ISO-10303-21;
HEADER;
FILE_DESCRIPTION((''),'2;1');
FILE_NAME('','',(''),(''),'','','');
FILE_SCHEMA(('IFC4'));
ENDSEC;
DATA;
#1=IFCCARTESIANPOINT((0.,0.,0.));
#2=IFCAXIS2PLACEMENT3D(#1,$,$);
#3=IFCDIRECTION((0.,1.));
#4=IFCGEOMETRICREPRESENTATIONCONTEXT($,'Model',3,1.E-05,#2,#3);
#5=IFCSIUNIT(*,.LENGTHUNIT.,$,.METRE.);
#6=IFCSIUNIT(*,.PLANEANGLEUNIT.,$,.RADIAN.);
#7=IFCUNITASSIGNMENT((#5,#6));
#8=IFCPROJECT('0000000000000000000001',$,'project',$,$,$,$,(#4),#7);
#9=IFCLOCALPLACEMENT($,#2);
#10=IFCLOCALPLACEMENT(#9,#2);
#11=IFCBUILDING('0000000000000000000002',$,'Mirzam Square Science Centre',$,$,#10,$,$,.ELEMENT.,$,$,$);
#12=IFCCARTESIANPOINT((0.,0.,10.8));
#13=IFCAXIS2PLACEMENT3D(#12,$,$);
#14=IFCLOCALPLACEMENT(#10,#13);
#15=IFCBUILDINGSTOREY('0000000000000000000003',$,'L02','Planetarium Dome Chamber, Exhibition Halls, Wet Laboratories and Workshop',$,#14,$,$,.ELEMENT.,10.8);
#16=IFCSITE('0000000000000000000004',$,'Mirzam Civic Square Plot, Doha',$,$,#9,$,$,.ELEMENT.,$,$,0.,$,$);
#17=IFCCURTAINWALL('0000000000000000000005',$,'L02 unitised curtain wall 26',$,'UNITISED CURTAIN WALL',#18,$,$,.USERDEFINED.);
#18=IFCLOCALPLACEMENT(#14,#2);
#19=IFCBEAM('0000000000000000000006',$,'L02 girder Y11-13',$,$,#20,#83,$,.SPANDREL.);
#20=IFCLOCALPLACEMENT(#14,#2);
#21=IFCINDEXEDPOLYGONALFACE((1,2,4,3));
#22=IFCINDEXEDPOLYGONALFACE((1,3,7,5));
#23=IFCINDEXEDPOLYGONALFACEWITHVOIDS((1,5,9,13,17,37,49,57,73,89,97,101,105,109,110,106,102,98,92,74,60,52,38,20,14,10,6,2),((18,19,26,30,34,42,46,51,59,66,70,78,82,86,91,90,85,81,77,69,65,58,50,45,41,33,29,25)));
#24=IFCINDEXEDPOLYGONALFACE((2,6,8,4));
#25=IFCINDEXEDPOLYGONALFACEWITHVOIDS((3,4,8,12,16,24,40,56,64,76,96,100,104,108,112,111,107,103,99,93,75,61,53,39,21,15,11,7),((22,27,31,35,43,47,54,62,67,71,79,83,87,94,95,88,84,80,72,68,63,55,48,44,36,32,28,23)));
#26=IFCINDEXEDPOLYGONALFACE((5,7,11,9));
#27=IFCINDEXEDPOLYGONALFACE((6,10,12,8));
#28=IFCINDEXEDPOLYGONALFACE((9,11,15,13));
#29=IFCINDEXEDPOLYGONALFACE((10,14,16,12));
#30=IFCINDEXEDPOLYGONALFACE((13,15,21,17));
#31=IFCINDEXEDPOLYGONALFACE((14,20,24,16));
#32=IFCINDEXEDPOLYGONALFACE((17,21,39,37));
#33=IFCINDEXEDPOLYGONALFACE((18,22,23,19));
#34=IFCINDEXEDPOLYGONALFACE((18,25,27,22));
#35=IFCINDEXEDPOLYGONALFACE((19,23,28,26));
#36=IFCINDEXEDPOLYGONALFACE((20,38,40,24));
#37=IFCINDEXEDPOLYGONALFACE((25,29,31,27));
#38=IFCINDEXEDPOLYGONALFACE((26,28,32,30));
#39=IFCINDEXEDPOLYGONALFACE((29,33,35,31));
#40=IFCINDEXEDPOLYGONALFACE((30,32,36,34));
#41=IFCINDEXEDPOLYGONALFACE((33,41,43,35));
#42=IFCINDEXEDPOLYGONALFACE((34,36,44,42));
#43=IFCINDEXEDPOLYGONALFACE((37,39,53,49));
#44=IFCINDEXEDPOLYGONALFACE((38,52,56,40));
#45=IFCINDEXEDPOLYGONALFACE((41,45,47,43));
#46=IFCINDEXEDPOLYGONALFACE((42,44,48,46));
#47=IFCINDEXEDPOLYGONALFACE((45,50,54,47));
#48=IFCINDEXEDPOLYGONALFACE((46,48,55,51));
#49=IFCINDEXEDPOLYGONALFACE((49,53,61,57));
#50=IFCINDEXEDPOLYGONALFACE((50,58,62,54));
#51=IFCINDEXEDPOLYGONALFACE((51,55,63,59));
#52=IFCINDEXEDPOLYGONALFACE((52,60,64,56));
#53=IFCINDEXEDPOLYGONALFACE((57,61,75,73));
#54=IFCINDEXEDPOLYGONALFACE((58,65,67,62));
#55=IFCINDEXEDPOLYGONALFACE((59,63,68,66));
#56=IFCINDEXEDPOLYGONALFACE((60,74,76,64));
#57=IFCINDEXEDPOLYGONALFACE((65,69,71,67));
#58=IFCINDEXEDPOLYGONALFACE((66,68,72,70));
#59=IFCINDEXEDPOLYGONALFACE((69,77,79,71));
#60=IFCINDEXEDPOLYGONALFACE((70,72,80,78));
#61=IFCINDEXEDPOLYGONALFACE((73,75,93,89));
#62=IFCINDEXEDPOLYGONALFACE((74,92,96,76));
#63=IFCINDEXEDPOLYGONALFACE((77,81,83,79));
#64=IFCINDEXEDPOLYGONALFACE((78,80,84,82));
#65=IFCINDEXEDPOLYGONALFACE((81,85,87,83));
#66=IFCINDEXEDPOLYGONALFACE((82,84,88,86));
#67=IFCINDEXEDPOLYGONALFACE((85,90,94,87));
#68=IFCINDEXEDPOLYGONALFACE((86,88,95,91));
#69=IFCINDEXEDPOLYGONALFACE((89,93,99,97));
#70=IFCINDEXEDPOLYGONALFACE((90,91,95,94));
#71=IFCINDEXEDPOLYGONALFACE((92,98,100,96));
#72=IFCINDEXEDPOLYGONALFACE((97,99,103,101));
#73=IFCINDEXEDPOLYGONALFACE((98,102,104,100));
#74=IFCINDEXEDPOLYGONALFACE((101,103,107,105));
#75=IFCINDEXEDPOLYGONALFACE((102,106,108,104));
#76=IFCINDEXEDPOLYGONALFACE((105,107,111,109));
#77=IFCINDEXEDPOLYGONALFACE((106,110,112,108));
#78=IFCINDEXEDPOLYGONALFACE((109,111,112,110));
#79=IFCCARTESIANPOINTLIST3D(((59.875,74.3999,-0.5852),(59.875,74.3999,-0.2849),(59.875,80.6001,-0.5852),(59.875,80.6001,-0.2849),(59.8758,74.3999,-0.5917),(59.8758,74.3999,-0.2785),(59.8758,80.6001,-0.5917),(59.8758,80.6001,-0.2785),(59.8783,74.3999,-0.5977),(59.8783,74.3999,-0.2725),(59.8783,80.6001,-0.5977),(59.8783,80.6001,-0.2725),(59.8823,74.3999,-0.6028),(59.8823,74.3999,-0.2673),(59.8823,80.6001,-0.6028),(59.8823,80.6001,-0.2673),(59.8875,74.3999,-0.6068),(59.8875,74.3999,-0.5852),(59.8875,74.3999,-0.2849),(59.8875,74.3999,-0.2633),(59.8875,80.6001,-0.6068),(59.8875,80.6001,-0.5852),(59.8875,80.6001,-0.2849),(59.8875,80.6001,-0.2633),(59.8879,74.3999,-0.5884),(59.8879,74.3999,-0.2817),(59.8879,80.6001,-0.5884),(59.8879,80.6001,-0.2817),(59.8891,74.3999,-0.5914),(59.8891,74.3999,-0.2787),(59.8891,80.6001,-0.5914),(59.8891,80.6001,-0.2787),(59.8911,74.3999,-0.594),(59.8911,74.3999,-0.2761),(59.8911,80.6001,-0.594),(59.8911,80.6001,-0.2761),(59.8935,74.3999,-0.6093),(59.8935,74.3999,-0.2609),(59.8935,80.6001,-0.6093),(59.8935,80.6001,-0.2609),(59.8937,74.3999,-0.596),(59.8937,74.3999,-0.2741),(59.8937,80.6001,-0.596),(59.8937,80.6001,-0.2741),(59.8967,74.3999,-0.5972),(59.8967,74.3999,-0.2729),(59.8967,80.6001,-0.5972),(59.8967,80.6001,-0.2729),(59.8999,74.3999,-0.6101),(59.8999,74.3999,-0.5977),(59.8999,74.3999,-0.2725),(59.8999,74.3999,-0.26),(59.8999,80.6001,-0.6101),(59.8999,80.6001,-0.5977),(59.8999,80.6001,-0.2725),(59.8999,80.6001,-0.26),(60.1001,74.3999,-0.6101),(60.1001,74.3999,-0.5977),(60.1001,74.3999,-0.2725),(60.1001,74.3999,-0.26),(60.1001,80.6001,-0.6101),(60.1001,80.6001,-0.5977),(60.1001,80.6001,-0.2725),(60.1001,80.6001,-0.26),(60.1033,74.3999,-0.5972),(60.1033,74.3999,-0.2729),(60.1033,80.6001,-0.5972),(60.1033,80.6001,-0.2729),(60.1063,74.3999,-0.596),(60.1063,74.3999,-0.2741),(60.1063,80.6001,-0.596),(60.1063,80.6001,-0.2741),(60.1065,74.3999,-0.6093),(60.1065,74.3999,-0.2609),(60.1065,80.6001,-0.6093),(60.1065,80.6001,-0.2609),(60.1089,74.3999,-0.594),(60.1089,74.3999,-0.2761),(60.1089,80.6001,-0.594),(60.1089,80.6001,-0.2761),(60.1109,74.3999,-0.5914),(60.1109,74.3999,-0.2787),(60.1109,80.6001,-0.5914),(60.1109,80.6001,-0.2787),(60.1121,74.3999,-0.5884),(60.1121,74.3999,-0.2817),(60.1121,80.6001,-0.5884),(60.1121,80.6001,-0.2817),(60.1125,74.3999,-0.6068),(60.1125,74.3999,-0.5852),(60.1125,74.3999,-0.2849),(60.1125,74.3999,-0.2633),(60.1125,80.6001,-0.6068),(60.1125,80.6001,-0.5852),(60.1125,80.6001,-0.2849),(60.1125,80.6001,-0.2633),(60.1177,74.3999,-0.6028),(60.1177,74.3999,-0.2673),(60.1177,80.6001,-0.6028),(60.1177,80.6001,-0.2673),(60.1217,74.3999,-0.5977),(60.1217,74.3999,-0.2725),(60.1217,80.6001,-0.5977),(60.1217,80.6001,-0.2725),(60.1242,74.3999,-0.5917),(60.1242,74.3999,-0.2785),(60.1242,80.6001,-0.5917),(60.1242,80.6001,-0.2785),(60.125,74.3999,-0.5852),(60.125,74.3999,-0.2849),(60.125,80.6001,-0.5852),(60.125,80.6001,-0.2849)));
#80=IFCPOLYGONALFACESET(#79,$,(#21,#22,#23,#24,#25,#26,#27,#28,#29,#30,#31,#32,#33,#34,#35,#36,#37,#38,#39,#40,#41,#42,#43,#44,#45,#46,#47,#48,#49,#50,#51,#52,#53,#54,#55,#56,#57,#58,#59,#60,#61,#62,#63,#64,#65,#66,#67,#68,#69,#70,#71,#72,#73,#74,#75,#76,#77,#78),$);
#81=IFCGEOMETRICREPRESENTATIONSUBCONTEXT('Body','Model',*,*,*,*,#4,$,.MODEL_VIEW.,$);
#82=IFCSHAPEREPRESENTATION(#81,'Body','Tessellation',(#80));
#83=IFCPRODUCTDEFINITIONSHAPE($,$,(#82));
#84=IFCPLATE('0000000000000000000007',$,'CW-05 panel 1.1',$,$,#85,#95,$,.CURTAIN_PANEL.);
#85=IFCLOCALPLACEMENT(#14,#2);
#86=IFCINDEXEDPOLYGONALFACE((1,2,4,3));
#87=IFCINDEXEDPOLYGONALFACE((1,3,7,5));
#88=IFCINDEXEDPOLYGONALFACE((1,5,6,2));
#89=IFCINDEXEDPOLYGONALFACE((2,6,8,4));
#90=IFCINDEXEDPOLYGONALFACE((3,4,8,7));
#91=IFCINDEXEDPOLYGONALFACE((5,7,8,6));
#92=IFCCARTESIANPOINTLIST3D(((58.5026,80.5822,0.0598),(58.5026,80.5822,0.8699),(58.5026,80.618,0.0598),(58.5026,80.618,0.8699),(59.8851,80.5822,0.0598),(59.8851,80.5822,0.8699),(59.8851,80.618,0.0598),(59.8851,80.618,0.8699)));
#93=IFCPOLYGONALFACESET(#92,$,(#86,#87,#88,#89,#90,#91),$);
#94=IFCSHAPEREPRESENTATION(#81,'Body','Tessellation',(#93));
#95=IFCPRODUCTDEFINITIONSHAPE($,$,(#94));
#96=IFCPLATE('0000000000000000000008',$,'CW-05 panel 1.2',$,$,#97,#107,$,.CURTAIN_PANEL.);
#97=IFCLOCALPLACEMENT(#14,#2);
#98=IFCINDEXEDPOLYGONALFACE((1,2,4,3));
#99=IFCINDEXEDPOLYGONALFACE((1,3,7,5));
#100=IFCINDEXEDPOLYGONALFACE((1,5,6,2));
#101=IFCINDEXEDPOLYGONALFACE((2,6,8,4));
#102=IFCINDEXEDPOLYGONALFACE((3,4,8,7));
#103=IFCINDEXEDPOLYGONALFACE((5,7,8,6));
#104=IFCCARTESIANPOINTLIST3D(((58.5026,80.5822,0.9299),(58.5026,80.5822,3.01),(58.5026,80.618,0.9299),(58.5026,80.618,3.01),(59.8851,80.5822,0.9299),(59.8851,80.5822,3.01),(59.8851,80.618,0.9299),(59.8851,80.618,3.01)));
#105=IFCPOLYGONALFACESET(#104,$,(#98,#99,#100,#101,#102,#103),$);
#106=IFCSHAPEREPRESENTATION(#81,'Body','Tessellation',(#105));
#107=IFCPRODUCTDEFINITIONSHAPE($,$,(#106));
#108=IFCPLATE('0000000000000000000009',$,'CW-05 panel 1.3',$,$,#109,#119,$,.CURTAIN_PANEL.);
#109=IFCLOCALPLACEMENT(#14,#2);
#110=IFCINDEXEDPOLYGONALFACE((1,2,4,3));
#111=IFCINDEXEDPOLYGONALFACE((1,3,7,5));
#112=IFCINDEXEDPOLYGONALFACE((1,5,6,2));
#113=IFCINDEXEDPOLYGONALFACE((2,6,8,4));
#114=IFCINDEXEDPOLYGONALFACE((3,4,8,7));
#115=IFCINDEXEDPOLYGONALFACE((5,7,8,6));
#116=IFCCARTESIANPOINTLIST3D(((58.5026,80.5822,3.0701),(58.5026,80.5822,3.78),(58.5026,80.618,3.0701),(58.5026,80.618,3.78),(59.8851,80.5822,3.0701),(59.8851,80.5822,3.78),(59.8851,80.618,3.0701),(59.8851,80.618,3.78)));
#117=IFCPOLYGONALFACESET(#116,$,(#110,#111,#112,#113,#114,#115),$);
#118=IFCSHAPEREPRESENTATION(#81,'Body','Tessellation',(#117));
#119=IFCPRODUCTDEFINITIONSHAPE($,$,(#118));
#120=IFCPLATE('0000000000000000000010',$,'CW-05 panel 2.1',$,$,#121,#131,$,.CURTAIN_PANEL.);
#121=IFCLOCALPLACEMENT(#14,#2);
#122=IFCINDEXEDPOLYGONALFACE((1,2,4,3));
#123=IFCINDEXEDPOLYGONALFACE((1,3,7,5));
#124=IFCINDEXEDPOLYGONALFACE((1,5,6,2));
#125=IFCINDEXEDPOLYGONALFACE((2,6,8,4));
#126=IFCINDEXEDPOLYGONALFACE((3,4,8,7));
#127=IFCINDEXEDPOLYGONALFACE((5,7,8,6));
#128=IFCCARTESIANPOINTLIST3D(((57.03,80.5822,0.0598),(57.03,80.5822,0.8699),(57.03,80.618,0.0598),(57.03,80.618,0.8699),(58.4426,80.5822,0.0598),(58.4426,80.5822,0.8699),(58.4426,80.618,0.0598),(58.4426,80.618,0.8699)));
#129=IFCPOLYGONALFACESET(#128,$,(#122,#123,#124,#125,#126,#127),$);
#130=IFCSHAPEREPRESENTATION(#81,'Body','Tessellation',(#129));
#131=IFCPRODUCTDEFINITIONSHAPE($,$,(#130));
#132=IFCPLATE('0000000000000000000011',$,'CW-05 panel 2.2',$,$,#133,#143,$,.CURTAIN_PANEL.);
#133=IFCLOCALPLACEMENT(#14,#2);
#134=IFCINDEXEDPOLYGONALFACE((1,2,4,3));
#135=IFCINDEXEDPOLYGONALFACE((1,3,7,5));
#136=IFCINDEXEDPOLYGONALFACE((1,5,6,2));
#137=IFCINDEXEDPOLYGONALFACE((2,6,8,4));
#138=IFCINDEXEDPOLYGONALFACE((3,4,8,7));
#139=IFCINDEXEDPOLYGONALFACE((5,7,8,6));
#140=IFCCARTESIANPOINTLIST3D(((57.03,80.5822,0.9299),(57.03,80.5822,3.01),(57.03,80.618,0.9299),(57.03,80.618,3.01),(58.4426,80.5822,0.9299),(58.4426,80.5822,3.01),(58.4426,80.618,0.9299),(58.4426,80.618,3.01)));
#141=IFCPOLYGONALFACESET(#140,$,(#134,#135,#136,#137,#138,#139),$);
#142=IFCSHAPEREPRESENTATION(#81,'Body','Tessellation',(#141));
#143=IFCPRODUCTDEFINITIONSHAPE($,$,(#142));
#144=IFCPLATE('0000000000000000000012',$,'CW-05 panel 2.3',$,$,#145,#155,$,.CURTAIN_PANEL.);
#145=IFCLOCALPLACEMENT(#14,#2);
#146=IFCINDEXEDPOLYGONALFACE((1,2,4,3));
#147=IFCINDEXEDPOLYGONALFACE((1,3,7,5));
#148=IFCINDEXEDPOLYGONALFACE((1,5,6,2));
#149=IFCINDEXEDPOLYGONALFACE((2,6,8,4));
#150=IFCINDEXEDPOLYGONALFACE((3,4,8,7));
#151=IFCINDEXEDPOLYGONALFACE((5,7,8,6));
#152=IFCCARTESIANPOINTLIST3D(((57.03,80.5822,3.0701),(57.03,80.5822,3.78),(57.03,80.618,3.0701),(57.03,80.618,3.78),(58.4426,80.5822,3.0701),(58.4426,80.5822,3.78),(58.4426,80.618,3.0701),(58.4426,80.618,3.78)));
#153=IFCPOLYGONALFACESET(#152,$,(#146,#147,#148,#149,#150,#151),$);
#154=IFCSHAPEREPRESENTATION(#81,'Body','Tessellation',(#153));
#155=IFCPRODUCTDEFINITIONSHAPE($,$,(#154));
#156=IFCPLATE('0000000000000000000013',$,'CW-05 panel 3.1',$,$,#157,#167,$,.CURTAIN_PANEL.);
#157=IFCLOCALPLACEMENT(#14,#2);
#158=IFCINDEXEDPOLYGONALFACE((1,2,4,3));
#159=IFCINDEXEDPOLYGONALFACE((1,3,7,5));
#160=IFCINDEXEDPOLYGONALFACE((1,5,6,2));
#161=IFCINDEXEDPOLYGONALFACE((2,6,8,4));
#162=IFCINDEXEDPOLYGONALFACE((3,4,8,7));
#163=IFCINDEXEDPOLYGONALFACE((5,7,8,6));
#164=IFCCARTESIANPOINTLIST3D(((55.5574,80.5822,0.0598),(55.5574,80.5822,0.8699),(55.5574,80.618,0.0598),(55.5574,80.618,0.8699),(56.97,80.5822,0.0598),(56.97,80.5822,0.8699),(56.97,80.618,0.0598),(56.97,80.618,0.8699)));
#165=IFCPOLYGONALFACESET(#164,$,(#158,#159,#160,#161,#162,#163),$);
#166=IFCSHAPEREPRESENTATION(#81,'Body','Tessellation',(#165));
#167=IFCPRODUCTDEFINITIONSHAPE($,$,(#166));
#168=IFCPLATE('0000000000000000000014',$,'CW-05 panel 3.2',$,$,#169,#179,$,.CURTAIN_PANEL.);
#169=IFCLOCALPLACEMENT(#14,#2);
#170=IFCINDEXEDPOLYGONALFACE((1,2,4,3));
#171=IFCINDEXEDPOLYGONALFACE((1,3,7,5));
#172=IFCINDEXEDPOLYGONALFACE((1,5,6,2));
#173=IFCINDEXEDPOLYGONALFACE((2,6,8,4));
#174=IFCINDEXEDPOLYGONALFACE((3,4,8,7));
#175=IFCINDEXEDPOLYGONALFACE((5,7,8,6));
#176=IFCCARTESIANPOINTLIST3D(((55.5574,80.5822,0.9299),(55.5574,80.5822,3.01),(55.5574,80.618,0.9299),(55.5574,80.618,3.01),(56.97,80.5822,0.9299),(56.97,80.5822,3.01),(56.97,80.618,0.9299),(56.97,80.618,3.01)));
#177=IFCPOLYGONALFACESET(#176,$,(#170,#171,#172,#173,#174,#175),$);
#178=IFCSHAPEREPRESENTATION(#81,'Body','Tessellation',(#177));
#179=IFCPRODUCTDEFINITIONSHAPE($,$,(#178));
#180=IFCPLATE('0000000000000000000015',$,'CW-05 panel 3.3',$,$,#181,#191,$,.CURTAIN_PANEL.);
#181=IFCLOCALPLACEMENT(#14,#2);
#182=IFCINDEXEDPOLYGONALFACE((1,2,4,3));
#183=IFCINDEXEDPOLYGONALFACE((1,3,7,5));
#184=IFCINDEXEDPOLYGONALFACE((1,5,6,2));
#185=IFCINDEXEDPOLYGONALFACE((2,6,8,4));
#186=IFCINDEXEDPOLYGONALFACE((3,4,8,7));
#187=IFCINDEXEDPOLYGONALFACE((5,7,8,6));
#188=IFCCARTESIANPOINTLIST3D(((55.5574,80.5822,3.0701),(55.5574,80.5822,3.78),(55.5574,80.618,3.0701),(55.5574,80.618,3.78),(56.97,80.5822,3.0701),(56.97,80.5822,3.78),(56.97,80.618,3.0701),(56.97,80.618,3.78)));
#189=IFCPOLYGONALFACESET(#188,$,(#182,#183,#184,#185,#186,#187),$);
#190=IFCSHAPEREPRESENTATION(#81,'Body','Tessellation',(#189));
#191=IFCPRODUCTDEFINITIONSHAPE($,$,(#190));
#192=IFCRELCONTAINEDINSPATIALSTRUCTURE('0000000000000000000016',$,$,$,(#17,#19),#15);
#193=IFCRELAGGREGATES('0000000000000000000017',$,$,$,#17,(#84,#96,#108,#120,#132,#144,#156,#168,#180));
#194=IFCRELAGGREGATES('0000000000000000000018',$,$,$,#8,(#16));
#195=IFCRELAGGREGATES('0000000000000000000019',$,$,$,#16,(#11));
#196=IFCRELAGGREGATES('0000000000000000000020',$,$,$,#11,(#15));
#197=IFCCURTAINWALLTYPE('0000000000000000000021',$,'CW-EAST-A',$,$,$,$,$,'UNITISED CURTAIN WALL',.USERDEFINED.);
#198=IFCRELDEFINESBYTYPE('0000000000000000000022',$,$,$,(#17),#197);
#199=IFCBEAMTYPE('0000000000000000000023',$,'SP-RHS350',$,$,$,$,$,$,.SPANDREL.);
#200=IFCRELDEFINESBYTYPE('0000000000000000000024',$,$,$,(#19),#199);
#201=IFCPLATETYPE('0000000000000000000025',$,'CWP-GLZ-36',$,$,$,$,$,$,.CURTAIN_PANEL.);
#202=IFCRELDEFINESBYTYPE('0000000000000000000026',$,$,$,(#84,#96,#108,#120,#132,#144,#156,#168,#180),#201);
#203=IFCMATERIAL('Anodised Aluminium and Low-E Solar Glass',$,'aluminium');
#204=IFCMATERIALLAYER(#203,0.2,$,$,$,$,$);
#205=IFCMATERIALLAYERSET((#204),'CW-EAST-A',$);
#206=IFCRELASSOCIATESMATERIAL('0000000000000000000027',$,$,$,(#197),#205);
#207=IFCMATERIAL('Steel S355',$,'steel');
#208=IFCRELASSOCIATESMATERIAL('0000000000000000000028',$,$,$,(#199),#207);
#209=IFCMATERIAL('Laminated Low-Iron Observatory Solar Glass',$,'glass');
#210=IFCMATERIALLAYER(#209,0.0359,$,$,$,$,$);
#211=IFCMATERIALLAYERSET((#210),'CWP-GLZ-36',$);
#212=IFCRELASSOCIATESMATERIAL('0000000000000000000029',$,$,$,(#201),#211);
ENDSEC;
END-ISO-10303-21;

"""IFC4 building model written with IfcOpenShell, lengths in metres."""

from ifc_helpers import new_model, si_unit, direction, frame, origin, origin_2d, place, context, subcontext, project, spatial, rectangle, hollow_rectangle, extrude, material, layer, layer_set, material_profile, profile_set, type_object, element, aggregate, save


model = new_model("IFC4")

# Units and contexts
model_context = context("Model", 3, precision=1e-05, world=origin(), true_north=direction((0.0, 1.0)))
body_context = subcontext(model_context, "Body", "Model", "MODEL_VIEW")
ifc_project = project(units=[si_unit("LENGTHUNIT", "METRE"), si_unit("PLANEANGLEUNIT", "RADIAN")], contexts=[model_context])

# Site, building, storey
site_placement = place(None, origin())
site = spatial("IfcSite", under=ifc_project, at=site_placement, Name="Mirzam Civic Square Plot, Doha", CompositionType="ELEMENT", RefElevation=0.0)
building_placement = place(site_placement, origin())
building = spatial("IfcBuilding", under=site, at=building_placement, Name="Mirzam Square Science Centre", CompositionType="ELEMENT")
storey_placement = place(building_placement, frame((0.0, 0.0, 10.8)))
storey = spatial("IfcBuildingStorey", under=building, at=storey_placement, Name="L02", Description="Planetarium Dome Chamber, Exhibition Halls, Wet Laboratories and Workshop", CompositionType="ELEMENT", Elevation=10.8)

# Shared definitions
ifc_material_1 = material(Name="Steel S355", Category="steel")

# Curtain wall
ifc_material_2 = material(Name="Anodised Aluminium and Low-E Solar Glass", Category="aluminium")
ifc_layer_1 = layer(ifc_material_2, 0.2)
ifc_layer_set_1 = layer_set([ifc_layer_1], Name="CW-EAST-A")
curtain_wall_type = type_object("IfcCurtainWallType", Name="CW-EAST-A", ElementType="UNITISED CURTAIN WALL", PredefinedType="USERDEFINED", material=ifc_layer_set_1)
curtain_wall_placement = place(storey_placement, origin())
curtain_wall = element("IfcCurtainWall", 1, at=curtain_wall_placement, inside=storey, type_object=curtain_wall_type, Name="L02 unitised curtain wall 26", ObjectType="UNITISED CURTAIN WALL", PredefinedType="USERDEFINED")

# Beam
ifc_material_profile_1 = material_profile(ifc_material_1, hollow_rectangle(XDim=0.25, YDim=0.3501, WallThickness=0.0125, InnerFilletRadius=0.0125, OuterFilletRadius=0.0249, at=origin_2d()), Name="350x250x12.5RHS")
ifc_profile_set_1 = profile_set([ifc_material_profile_1], Name="Steel S355")
beam_type = type_object("IfcBeamType", Name="SP-RHS350", PredefinedType="SPANDREL", material=ifc_profile_set_1)
beam_placement = place(storey_placement, frame((60.0, 74.3999, -0.4351), z_axis=(0.0, 1.0, 0.0), x_axis=(-1.0, 0.0, 0.0)))
element("IfcBeam", 2, at=beam_placement, inside=storey, type_object=beam_type, Name="L02 girder Y11-13", PredefinedType="SPANDREL", context=body_context, shape_type="SweptSolid", body=[
    extrude(hollow_rectangle(XDim=0.25, YDim=0.3501, WallThickness=0.0125, InnerFilletRadius=0.0125, OuterFilletRadius=0.0249, at=origin_2d()), origin(), (0.0, 0.0, 1.0), 6.2002),
])

# Plates
ifc_material_3 = material(Name="Laminated Low-Iron Observatory Solar Glass", Category="glass")
ifc_layer_2 = layer(ifc_material_3, 0.0359)
ifc_layer_set_2 = layer_set([ifc_layer_2], Name="CWP-GLZ-36")
plate_type = type_object("IfcPlateType", Name="CWP-GLZ-36", PredefinedType="CURTAIN_PANEL", material=ifc_layer_set_2)
plate_1_placement = place(storey_placement, frame((59.1938, 80.6001, 0.0598), z_axis=(0.0, 0.0, 1.0), x_axis=(-1.0, 0.0, 0.0)))
plate_1 = element("IfcPlate", 3, at=plate_1_placement, type_object=plate_type, Name="CW-05 panel 1.1", PredefinedType="CURTAIN_PANEL", context=body_context, shape_type="SweptSolid", body=[
    extrude(rectangle(XDim=1.3826, YDim=0.0359, at=origin_2d()), origin(), (0.0, 0.0, 1.0), 0.8101),
])
plate_2_placement = place(storey_placement, frame((59.1938, 80.6001, 0.9299), z_axis=(0.0, 0.0, 1.0), x_axis=(-1.0, 0.0, 0.0)))
plate_2 = element("IfcPlate", 4, at=plate_2_placement, type_object=plate_type, Name="CW-05 panel 1.2", PredefinedType="CURTAIN_PANEL", context=body_context, shape_type="SweptSolid", body=[
    extrude(rectangle(XDim=1.3826, YDim=0.0359, at=origin_2d()), origin(), (0.0, 0.0, 1.0), 2.0801),
])
plate_3_placement = place(storey_placement, frame((59.1938, 80.6001, 3.0701), z_axis=(0.0, 0.0, 1.0), x_axis=(-1.0, 0.0, 0.0)))
plate_3 = element("IfcPlate", 5, at=plate_3_placement, type_object=plate_type, Name="CW-05 panel 1.3", PredefinedType="CURTAIN_PANEL", context=body_context, shape_type="SweptSolid", body=[
    extrude(rectangle(XDim=1.3826, YDim=0.0359, at=origin_2d()), origin(), (0.0, 0.0, 1.0), 0.71),
])
plate_4_placement = place(storey_placement, frame((57.7363, 80.6001, 0.0598), z_axis=(0.0, 0.0, 1.0), x_axis=(-1.0, 0.0, 0.0)))
plate_4 = element("IfcPlate", 6, at=plate_4_placement, type_object=plate_type, Name="CW-05 panel 2.1", PredefinedType="CURTAIN_PANEL", context=body_context, shape_type="SweptSolid", body=[
    extrude(rectangle(XDim=1.4126, YDim=0.0359, at=origin_2d()), origin(), (0.0, 0.0, 1.0), 0.8101),
])
plate_5_placement = place(storey_placement, frame((57.7363, 80.6001, 0.9299), z_axis=(0.0, 0.0, 1.0), x_axis=(-1.0, 0.0, 0.0)))
plate_5 = element("IfcPlate", 7, at=plate_5_placement, type_object=plate_type, Name="CW-05 panel 2.2", PredefinedType="CURTAIN_PANEL", context=body_context, shape_type="SweptSolid", body=[
    extrude(rectangle(XDim=1.4126, YDim=0.0359, at=origin_2d()), origin(), (0.0, 0.0, 1.0), 2.0801),
])
plate_6_placement = place(storey_placement, frame((57.7363, 80.6001, 3.0701), z_axis=(0.0, 0.0, 1.0), x_axis=(-1.0, 0.0, 0.0)))
plate_6 = element("IfcPlate", 8, at=plate_6_placement, type_object=plate_type, Name="CW-05 panel 2.3", PredefinedType="CURTAIN_PANEL", context=body_context, shape_type="SweptSolid", body=[
    extrude(rectangle(XDim=1.4126, YDim=0.0359, at=origin_2d()), origin(), (0.0, 0.0, 1.0), 0.71),
])
plate_7_placement = place(storey_placement, frame((56.2637, 80.6001, 0.0598), z_axis=(0.0, 0.0, 1.0), x_axis=(-1.0, 0.0, 0.0)))
plate_7 = element("IfcPlate", 9, at=plate_7_placement, type_object=plate_type, Name="CW-05 panel 3.1", PredefinedType="CURTAIN_PANEL", context=body_context, shape_type="SweptSolid", body=[
    extrude(rectangle(XDim=1.4126, YDim=0.0359, at=origin_2d()), origin(), (0.0, 0.0, 1.0), 0.8101),
])
plate_8_placement = place(storey_placement, frame((56.2637, 80.6001, 0.9299), z_axis=(0.0, 0.0, 1.0), x_axis=(-1.0, 0.0, 0.0)))
plate_8 = element("IfcPlate", 10, at=plate_8_placement, type_object=plate_type, Name="CW-05 panel 3.2", PredefinedType="CURTAIN_PANEL", context=body_context, shape_type="SweptSolid", body=[
    extrude(rectangle(XDim=1.4126, YDim=0.0359, at=origin_2d()), origin(), (0.0, 0.0, 1.0), 2.0801),
])
plate_9_placement = place(storey_placement, frame((56.2637, 80.6001, 3.0701), z_axis=(0.0, 0.0, 1.0), x_axis=(-1.0, 0.0, 0.0)))
plate_9 = element("IfcPlate", 11, at=plate_9_placement, type_object=plate_type, Name="CW-05 panel 3.3", PredefinedType="CURTAIN_PANEL", context=body_context, shape_type="SweptSolid", body=[
    extrude(rectangle(XDim=1.4126, YDim=0.0359, at=origin_2d()), origin(), (0.0, 0.0, 1.0), 0.71),
])
aggregate(curtain_wall, [plate_1, plate_2, plate_3, plate_4, plate_5, plate_6, plate_7, plate_8, plate_9])

save(model, "model.ifc")
